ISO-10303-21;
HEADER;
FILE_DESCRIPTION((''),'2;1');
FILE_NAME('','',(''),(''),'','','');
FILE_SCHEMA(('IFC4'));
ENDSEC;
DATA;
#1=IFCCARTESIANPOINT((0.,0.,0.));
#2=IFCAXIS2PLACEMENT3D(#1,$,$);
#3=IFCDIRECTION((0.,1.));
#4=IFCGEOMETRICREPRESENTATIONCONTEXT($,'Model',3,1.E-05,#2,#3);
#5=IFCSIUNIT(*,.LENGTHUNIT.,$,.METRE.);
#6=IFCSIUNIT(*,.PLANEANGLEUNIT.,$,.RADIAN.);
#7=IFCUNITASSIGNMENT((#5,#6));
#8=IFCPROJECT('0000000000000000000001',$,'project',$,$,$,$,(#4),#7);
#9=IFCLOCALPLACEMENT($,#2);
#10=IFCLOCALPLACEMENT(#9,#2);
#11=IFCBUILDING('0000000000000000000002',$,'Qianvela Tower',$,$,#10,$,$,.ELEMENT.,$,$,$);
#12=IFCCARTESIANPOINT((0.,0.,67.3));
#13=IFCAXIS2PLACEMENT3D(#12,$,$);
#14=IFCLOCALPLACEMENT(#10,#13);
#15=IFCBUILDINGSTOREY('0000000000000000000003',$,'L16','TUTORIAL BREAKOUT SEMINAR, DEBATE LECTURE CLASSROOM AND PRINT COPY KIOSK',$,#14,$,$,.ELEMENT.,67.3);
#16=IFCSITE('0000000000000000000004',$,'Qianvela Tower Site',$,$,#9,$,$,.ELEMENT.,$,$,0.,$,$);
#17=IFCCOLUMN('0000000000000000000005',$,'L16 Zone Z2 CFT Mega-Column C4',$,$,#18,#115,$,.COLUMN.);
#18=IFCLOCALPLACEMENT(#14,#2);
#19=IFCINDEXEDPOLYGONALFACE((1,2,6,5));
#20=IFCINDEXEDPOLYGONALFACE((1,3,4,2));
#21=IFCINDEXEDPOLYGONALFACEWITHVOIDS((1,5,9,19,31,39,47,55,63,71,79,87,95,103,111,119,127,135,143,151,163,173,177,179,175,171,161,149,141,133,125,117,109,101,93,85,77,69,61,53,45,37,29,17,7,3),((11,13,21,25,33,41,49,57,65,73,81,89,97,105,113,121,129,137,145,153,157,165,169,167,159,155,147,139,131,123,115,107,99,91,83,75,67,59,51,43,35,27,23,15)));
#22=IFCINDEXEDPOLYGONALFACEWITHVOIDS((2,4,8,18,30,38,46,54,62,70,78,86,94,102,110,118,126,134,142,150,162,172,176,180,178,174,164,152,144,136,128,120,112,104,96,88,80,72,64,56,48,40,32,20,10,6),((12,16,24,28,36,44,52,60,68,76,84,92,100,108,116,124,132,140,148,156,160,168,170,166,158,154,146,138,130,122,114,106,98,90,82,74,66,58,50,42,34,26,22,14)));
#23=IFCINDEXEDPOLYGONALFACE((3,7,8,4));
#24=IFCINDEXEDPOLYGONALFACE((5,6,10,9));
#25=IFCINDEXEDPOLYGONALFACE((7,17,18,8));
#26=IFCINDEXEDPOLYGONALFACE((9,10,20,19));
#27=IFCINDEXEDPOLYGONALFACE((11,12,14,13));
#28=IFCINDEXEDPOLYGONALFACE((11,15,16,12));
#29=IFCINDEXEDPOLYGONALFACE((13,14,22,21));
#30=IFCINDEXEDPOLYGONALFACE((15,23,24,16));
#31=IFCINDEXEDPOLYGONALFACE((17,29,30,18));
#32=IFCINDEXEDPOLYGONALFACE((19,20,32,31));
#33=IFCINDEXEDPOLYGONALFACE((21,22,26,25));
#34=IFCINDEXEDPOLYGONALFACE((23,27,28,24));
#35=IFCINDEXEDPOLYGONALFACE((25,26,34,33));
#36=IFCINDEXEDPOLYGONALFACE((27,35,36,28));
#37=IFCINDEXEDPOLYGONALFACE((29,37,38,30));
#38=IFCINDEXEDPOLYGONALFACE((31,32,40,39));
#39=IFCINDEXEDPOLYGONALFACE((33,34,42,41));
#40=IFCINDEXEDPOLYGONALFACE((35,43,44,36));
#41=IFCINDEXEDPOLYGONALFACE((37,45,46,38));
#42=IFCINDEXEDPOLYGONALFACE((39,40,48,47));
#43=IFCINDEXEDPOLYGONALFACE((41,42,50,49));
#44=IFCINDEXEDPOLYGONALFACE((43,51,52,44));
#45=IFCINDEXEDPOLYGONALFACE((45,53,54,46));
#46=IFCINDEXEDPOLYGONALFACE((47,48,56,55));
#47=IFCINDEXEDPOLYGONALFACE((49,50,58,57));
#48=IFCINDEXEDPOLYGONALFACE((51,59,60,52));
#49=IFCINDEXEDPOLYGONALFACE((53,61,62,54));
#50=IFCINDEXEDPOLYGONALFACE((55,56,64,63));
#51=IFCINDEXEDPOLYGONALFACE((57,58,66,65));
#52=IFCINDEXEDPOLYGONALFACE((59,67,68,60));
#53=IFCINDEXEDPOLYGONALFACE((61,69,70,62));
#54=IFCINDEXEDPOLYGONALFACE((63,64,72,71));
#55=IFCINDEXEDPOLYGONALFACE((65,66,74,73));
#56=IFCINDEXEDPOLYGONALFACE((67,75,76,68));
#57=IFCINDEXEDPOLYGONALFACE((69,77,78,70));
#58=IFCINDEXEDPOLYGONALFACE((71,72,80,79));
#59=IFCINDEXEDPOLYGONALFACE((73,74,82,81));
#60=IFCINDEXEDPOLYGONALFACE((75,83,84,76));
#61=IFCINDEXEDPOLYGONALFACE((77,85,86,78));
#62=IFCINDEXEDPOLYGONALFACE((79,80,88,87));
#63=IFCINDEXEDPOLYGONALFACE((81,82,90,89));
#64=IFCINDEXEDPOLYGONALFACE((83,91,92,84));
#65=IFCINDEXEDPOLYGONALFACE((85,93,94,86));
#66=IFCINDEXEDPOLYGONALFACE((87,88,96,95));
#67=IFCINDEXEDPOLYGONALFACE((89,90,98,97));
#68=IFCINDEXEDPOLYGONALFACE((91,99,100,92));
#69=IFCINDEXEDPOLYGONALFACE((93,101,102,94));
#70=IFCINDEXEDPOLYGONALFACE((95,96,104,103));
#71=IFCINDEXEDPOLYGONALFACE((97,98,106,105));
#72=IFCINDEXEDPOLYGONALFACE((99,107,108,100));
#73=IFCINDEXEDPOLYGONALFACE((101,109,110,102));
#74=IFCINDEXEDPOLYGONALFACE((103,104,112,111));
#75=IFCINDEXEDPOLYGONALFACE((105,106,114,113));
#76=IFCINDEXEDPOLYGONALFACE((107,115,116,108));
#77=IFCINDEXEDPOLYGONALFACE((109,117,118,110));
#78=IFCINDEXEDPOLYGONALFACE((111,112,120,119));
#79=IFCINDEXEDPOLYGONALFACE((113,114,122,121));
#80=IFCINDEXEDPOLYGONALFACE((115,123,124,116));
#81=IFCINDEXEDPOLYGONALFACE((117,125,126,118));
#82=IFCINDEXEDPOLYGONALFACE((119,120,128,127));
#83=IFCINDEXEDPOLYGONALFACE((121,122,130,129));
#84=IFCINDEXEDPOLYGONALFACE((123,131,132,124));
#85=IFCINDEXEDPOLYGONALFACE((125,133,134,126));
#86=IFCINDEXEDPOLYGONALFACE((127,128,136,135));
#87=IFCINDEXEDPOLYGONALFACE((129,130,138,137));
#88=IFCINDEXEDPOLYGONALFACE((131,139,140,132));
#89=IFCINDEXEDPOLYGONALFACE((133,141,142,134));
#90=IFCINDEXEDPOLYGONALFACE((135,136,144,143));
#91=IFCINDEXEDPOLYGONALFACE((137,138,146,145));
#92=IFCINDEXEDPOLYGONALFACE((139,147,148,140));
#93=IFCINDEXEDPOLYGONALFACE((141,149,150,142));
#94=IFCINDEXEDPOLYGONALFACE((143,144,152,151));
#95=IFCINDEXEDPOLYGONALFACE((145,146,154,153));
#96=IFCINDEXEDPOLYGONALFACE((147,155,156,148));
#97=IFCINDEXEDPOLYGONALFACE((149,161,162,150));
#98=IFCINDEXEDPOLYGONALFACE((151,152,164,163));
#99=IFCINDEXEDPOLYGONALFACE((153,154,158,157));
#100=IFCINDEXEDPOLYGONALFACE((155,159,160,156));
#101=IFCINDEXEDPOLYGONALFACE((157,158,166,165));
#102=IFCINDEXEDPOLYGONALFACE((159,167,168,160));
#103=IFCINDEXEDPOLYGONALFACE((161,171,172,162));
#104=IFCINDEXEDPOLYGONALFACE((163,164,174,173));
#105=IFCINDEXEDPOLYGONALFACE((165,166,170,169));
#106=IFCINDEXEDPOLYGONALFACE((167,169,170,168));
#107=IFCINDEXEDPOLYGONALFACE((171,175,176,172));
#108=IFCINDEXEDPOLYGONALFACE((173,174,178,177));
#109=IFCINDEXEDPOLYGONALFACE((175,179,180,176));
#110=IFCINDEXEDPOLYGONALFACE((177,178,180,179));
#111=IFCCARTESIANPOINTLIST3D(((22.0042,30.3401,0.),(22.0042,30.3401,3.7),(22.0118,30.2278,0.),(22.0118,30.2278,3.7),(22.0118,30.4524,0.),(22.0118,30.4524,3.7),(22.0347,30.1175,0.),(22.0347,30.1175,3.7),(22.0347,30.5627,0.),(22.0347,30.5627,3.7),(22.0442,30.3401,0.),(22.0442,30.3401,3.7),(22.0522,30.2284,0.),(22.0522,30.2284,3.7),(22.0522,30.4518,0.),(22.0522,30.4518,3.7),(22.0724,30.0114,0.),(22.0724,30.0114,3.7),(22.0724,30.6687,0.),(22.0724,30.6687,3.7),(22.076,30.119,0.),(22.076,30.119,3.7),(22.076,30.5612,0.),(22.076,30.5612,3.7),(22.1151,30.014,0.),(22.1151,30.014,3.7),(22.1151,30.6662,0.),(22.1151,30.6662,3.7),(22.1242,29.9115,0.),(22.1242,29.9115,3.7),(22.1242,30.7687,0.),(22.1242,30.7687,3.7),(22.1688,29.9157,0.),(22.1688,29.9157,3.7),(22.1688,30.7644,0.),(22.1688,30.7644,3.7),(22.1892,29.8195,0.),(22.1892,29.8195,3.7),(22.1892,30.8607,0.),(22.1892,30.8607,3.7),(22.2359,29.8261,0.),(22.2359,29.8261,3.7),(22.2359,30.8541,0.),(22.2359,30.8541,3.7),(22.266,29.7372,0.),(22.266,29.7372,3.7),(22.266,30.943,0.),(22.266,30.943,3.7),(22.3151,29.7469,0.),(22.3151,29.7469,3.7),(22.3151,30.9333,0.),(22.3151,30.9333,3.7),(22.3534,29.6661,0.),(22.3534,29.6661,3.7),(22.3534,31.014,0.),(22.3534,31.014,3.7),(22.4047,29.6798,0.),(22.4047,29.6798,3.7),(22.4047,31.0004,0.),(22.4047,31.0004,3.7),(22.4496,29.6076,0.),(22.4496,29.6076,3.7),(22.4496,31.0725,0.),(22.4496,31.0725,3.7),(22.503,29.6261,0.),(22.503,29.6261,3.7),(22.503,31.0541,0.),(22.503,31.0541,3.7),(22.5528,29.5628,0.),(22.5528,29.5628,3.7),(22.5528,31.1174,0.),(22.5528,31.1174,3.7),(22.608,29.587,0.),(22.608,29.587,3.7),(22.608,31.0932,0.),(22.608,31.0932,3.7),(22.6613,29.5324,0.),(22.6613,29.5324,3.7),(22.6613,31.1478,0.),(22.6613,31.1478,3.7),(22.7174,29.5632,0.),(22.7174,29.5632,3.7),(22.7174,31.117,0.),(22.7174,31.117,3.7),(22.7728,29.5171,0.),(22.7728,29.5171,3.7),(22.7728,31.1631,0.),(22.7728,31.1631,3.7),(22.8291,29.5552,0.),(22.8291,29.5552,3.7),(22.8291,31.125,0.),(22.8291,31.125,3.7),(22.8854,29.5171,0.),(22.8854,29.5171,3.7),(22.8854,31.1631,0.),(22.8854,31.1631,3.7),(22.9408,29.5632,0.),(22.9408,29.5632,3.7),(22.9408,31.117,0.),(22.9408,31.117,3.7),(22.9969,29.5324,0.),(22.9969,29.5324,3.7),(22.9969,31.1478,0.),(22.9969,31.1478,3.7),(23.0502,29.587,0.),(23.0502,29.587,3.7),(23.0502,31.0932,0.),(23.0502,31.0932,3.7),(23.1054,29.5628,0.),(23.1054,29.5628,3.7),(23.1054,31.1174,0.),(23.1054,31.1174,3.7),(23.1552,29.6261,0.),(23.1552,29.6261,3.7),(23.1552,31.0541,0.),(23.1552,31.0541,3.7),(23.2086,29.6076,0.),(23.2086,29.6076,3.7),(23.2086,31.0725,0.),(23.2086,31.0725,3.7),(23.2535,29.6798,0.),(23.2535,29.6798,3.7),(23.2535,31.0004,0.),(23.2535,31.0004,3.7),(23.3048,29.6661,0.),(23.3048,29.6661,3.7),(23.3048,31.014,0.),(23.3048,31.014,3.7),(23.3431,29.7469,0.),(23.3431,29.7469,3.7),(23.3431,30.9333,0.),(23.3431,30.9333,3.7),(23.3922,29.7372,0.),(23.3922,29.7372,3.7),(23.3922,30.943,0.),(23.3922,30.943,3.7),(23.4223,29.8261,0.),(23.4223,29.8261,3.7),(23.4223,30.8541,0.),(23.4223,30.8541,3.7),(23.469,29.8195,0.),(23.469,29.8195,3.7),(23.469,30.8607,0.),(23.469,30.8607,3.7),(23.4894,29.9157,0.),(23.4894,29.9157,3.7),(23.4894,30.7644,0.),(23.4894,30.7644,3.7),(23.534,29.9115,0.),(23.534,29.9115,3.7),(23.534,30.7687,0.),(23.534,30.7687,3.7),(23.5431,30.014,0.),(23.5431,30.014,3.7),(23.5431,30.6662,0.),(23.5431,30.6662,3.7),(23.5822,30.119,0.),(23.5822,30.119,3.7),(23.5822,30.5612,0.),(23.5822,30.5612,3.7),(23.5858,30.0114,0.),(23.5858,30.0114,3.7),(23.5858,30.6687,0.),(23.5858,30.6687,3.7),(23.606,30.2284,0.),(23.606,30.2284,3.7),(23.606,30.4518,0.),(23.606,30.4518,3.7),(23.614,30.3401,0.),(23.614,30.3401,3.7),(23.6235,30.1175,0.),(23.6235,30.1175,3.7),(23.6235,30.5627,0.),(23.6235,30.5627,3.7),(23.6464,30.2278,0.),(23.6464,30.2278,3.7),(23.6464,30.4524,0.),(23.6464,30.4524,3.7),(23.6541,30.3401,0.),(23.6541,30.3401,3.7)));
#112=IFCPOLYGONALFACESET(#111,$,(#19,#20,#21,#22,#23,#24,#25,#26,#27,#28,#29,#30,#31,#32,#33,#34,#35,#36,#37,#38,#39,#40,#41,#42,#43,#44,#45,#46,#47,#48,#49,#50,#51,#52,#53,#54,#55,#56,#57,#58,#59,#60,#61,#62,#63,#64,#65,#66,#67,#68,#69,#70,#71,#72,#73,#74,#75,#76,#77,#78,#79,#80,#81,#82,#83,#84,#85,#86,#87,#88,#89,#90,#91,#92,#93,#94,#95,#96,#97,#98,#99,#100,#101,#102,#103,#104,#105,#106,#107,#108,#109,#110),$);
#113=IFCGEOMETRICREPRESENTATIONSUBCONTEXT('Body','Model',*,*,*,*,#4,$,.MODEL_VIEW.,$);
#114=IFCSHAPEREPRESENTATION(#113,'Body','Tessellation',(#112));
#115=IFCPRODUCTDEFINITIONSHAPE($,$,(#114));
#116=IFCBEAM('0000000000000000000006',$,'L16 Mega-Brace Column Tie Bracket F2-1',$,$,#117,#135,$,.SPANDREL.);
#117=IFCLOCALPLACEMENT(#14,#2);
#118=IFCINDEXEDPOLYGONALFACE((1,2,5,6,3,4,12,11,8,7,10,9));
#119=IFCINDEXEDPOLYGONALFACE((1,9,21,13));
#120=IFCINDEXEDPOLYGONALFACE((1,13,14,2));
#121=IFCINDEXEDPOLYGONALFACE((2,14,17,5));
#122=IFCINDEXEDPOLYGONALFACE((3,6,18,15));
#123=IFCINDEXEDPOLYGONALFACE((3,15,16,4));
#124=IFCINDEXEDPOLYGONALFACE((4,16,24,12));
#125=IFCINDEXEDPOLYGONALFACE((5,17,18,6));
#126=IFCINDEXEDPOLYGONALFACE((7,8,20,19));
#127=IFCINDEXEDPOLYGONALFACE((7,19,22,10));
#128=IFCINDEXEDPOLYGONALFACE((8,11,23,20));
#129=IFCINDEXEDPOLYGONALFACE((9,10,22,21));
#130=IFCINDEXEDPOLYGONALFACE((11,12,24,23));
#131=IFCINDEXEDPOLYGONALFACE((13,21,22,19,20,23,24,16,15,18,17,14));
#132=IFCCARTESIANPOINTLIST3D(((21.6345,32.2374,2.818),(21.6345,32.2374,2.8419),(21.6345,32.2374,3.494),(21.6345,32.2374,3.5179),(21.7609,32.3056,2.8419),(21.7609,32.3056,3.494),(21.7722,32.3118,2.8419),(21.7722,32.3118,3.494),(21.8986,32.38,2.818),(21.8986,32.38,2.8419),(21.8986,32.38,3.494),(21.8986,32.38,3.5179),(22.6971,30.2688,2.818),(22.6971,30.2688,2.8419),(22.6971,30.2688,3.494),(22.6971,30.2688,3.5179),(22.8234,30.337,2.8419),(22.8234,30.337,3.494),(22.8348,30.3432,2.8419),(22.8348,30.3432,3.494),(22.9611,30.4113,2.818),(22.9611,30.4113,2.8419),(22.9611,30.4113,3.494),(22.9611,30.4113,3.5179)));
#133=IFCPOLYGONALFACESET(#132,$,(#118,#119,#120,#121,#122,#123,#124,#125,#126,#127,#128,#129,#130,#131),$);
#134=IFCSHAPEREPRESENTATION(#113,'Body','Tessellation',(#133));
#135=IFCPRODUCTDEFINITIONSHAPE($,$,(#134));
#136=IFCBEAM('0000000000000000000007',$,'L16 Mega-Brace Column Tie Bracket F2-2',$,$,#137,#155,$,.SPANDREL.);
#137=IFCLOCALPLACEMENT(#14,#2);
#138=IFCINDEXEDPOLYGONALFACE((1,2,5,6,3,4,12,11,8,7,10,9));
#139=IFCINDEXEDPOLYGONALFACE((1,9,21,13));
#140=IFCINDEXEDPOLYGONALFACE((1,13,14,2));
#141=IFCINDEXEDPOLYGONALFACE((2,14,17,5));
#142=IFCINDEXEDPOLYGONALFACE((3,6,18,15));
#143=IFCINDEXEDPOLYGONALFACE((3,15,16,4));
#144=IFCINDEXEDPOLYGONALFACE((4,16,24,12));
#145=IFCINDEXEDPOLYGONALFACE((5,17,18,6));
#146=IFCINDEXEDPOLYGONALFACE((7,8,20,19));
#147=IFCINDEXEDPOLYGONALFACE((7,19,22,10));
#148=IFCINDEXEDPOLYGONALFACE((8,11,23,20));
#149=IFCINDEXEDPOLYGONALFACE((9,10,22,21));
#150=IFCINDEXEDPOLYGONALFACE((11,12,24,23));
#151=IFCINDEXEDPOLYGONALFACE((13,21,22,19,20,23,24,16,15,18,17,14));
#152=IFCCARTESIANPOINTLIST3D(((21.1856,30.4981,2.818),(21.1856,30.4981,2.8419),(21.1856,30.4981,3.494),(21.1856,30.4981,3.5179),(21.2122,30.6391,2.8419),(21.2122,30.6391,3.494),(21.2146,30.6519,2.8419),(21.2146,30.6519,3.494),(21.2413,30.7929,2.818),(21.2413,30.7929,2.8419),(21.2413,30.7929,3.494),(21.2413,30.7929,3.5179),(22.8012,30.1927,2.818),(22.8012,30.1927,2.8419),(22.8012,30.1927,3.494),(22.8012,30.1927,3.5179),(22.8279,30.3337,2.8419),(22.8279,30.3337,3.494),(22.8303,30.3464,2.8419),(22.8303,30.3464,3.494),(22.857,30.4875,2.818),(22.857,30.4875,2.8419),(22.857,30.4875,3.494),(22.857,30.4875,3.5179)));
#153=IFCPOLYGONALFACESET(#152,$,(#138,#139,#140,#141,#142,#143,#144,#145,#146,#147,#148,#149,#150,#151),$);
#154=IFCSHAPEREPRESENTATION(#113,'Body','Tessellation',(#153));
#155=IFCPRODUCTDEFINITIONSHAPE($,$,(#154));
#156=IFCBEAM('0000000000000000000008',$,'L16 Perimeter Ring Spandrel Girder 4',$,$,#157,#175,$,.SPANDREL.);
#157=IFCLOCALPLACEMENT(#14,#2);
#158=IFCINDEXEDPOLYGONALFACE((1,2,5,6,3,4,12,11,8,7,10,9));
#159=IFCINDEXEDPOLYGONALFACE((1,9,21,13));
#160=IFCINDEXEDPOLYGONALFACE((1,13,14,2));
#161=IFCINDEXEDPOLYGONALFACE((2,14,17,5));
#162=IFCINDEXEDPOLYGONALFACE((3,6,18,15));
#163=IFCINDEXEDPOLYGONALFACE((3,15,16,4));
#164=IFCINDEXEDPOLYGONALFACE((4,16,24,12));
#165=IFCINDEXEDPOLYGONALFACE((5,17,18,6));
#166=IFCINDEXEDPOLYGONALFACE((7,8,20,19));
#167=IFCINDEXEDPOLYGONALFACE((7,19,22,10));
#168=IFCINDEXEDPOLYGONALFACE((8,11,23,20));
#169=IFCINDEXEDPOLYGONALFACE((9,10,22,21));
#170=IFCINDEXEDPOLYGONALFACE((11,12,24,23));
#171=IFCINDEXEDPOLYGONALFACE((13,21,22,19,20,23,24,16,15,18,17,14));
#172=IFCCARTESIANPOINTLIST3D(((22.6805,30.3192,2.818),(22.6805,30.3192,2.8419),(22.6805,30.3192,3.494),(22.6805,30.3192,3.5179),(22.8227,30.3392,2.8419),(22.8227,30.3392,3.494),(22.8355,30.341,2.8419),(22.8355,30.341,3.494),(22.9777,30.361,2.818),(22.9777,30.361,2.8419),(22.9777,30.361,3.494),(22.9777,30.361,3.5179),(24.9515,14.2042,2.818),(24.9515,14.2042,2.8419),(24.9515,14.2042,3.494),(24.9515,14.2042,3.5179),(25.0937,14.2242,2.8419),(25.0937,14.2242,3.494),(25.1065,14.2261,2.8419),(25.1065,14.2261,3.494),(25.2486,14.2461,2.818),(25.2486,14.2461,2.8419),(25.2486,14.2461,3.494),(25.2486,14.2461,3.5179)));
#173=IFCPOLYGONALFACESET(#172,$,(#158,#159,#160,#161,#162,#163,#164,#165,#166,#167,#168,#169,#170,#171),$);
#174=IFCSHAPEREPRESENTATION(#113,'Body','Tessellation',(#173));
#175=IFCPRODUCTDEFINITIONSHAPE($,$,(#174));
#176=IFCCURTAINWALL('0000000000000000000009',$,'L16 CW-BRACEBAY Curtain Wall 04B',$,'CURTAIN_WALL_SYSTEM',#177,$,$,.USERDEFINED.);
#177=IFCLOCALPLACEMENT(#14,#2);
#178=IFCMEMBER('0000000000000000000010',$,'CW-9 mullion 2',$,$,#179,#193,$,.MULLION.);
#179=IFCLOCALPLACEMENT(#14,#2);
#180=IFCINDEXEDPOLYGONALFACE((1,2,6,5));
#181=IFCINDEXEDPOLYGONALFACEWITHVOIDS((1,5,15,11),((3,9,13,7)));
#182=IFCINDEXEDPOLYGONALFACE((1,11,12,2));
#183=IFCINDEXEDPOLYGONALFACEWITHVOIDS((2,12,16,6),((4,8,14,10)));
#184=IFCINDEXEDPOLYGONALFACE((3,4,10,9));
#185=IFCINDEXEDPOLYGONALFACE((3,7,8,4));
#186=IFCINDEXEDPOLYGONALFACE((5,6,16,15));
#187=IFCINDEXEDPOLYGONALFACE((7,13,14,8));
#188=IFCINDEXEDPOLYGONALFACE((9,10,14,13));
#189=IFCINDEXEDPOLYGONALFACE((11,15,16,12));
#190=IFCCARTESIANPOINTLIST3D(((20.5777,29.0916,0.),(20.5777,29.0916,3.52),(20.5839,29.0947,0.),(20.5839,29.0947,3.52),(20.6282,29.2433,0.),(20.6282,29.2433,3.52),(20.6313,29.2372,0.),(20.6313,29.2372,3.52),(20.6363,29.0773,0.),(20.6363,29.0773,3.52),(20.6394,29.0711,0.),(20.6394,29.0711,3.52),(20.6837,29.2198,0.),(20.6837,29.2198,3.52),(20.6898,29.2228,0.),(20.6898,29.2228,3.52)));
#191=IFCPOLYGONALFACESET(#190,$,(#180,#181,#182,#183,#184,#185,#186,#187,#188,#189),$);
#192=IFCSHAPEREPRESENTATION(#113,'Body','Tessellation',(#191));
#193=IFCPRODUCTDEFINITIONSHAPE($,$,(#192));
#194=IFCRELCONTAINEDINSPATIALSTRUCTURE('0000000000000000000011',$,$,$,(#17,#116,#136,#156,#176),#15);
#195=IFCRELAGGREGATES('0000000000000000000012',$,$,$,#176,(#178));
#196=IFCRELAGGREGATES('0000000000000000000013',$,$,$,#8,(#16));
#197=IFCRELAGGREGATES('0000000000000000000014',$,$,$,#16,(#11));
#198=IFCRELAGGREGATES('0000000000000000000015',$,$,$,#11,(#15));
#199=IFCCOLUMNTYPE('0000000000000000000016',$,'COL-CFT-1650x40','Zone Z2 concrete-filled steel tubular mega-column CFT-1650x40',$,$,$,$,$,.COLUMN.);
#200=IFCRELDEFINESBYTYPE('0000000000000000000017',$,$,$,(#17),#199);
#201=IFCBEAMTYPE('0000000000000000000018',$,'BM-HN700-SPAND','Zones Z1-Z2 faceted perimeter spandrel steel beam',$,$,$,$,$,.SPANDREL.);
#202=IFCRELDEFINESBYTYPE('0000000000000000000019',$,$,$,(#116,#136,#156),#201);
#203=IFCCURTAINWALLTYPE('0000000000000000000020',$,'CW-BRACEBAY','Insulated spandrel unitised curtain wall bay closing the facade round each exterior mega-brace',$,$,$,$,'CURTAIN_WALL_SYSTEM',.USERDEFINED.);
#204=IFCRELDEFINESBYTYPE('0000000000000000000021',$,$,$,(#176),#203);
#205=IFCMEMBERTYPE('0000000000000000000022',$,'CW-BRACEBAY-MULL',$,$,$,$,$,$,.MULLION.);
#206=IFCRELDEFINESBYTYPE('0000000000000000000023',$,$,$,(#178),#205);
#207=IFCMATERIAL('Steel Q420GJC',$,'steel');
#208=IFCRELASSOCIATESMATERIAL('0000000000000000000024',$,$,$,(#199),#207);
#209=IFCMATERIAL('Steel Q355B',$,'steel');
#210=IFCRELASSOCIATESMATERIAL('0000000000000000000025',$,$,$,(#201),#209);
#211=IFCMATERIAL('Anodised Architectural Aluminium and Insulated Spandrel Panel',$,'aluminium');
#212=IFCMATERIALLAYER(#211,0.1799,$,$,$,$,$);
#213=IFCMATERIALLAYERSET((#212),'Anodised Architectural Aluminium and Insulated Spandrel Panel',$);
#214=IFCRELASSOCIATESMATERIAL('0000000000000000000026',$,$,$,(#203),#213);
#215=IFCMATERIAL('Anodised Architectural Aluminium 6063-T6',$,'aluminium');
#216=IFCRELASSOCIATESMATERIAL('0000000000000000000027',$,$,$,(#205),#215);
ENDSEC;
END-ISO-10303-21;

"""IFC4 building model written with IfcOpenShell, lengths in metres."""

from ifc_helpers import new_model, si_unit, direction, frame, origin, origin_2d, place, context, subcontext, project, spatial, hollow_rectangle, hollow_circle, i_section, extrude, material, layer, layer_set, material_profile, profile_set, type_object, element, aggregate, save


model = new_model("IFC4")

# Units and contexts
model_context = context("Model", 3, precision=1e-05, world=origin(), true_north=direction((0.0, 1.0)))
body_context = subcontext(model_context, "Body", "Model", "MODEL_VIEW")
ifc_project = project(units=[si_unit("LENGTHUNIT", "METRE"), si_unit("PLANEANGLEUNIT", "RADIAN")], contexts=[model_context])

# Site, building, storey
site_placement = place(None, origin())
site = spatial("IfcSite", under=ifc_project, at=site_placement, Name="Qianvela Tower Site", CompositionType="ELEMENT", RefElevation=0.0)
building_placement = place(site_placement, origin())
building = spatial("IfcBuilding", under=site, at=building_placement, Name="Qianvela Tower", CompositionType="ELEMENT")
storey_placement = place(building_placement, frame((0.0, 0.0, 67.3)))
storey = spatial("IfcBuildingStorey", under=building, at=storey_placement, Name="L16", Description="TUTORIAL BREAKOUT SEMINAR, DEBATE LECTURE CLASSROOM AND PRINT COPY KIOSK", CompositionType="ELEMENT", Elevation=67.3)

# Column
ifc_material_1 = material(Name="Steel Q420GJC", Category="steel")
ifc_material_profile_1 = material_profile(ifc_material_1, hollow_circle(Radius=0.825, WallThickness=0.04, at=origin_2d()), Name="CFT-1650x40")
ifc_profile_set_1 = profile_set([ifc_material_profile_1], Name="Steel Q420GJC")
column_type = type_object("IfcColumnType", Name="COL-CFT-1650x40", Description="Zone Z2 concrete-filled steel tubular mega-column CFT-1650x40", PredefinedType="COLUMN", material=ifc_profile_set_1)
column_placement = place(storey_placement, frame((22.8291, 30.3401, 0.0), z_axis=(0.0, 0.0, 1.0), x_axis=(1.0, 0.0, 0.0)))
element("IfcColumn", 1, at=column_placement, inside=storey, type_object=column_type, Name="L16 Zone Z2 CFT Mega-Column C4", PredefinedType="COLUMN", context=body_context, shape_type="SweptSolid", body=[
    extrude(hollow_circle(Radius=0.825, WallThickness=0.04, at=origin_2d()), origin(), (0.0, 0.0, 1.0), 3.7),
])

# Beams
ifc_material_2 = material(Name="Steel Q355B", Category="steel")
ifc_material_profile_2 = material_profile(ifc_material_2, i_section(OverallWidth=0.3, OverallDepth=0.7, WebThickness=0.0129, FlangeThickness=0.0239, at=origin_2d()), Name="HN700x300x13x24")
ifc_profile_set_2 = profile_set([ifc_material_profile_2], Name="Steel Q355B")
beam_type = type_object("IfcBeamType", Name="BM-HN700-SPAND", Description="Zones Z1-Z2 faceted perimeter spandrel steel beam", PredefinedType="SPANDREL", material=ifc_profile_set_2)
beam_1_placement = place(storey_placement, frame((22.8291, 30.3401, 3.168), z_axis=(-0.474978, 0.879998, 0.0), x_axis=(-0.879998, -0.474978, 0.0)))
element("IfcBeam", 2, at=beam_1_placement, inside=storey, type_object=beam_type, Name="L16 Mega-Brace Column Tie Bracket F2-1", PredefinedType="SPANDREL", context=body_context, shape_type="SweptSolid", body=[
    extrude(i_section(OverallWidth=0.3, OverallDepth=0.7, WebThickness=0.0129, FlangeThickness=0.0239, at=origin_2d()), origin(), (0.0, 0.0, 1.0), 2.2371),
])
beam_2_placement = place(storey_placement, frame((22.8291, 30.3401, 3.168), z_axis=(-0.982599, 0.185741, 0.0), x_axis=(-0.185741, -0.982599, 0.0)))
element("IfcBeam", 3, at=beam_2_placement, inside=storey, type_object=beam_type, Name="L16 Mega-Brace Column Tie Bracket F2-2", PredefinedType="SPANDREL", context=body_context, shape_type="SweptSolid", body=[
    extrude(i_section(OverallWidth=0.3, OverallDepth=0.7, WebThickness=0.0129, FlangeThickness=0.0239, at=origin_2d()), origin(), (0.0, 0.0, 1.0), 1.6443),
])
beam_3_placement = place(storey_placement, frame((22.8291, 30.3401, 3.168), z_axis=(0.139546, -0.990216, 0.0), x_axis=(0.990216, 0.139546, 0.0)))
element("IfcBeam", 4, at=beam_3_placement, inside=storey, type_object=beam_type, Name="L16 Perimeter Ring Spandrel Girder 4", PredefinedType="SPANDREL", context=body_context, shape_type="SweptSolid", body=[
    extrude(i_section(OverallWidth=0.3, OverallDepth=0.7, WebThickness=0.0129, FlangeThickness=0.0239, at=origin_2d()), origin(), (0.0, 0.0, 1.0), 16.2742),
])

# Curtain wall, member
ifc_material_3 = material(Name="Anodised Architectural Aluminium and Insulated Spandrel Panel", Category="aluminium")
ifc_layer_1 = layer(ifc_material_3, 0.1799)
ifc_layer_set_1 = layer_set([ifc_layer_1], Name="Anodised Architectural Aluminium and Insulated Spandrel Panel")
curtain_wall_type_1 = type_object("IfcCurtainWallType", Name="CW-BRACEBAY", Description="Insulated spandrel unitised curtain wall bay closing the facade round each exterior mega-brace", ElementType="CURTAIN_WALL_SYSTEM", PredefinedType="USERDEFINED", material=ifc_layer_set_1)
curtain_wall_1_placement = place(storey_placement, origin())
curtain_wall_1 = element("IfcCurtainWall", 5, at=curtain_wall_1_placement, inside=storey, type_object=curtain_wall_type_1, Name="L16 CW-BRACEBAY Curtain Wall 04B", ObjectType="CURTAIN_WALL_SYSTEM", PredefinedType="USERDEFINED")
ifc_material_4 = material(Name="Anodised Architectural Aluminium 6063-T6", Category="aluminium")
ifc_material_profile_3 = material_profile(ifc_material_4, hollow_rectangle(XDim=0.0649, YDim=0.1599, WallThickness=0.0049, at=origin_2d()), Name="ALU-MULL-65x160")
ifc_profile_set_3 = profile_set([ifc_material_profile_3], Name="Anodised Architectural Aluminium 6063-T6")
member_type_1 = type_object("IfcMemberType", Name="CW-BRACEBAY-MULL", PredefinedType="MULLION", material=ifc_profile_set_3)
member_1_placement = place(storey_placement, frame((20.6338, 29.1572, 0.0), z_axis=(0.0, 0.0, 1.0), x_axis=(0.948867, -0.315676, 0.0)))
member_1 = element("IfcMember", 6, at=member_1_placement, type_object=member_type_1, Name="CW-9 mullion 2", PredefinedType="MULLION", context=body_context, shape_type="SweptSolid", body=[
    extrude(hollow_rectangle(XDim=0.0649, YDim=0.1599, WallThickness=0.0049, at=origin_2d()), origin(), (0.0, 0.0, 1.0), 3.52),
])

aggregate(curtain_wall_1, [member_1])

save(model, "model.ifc")
